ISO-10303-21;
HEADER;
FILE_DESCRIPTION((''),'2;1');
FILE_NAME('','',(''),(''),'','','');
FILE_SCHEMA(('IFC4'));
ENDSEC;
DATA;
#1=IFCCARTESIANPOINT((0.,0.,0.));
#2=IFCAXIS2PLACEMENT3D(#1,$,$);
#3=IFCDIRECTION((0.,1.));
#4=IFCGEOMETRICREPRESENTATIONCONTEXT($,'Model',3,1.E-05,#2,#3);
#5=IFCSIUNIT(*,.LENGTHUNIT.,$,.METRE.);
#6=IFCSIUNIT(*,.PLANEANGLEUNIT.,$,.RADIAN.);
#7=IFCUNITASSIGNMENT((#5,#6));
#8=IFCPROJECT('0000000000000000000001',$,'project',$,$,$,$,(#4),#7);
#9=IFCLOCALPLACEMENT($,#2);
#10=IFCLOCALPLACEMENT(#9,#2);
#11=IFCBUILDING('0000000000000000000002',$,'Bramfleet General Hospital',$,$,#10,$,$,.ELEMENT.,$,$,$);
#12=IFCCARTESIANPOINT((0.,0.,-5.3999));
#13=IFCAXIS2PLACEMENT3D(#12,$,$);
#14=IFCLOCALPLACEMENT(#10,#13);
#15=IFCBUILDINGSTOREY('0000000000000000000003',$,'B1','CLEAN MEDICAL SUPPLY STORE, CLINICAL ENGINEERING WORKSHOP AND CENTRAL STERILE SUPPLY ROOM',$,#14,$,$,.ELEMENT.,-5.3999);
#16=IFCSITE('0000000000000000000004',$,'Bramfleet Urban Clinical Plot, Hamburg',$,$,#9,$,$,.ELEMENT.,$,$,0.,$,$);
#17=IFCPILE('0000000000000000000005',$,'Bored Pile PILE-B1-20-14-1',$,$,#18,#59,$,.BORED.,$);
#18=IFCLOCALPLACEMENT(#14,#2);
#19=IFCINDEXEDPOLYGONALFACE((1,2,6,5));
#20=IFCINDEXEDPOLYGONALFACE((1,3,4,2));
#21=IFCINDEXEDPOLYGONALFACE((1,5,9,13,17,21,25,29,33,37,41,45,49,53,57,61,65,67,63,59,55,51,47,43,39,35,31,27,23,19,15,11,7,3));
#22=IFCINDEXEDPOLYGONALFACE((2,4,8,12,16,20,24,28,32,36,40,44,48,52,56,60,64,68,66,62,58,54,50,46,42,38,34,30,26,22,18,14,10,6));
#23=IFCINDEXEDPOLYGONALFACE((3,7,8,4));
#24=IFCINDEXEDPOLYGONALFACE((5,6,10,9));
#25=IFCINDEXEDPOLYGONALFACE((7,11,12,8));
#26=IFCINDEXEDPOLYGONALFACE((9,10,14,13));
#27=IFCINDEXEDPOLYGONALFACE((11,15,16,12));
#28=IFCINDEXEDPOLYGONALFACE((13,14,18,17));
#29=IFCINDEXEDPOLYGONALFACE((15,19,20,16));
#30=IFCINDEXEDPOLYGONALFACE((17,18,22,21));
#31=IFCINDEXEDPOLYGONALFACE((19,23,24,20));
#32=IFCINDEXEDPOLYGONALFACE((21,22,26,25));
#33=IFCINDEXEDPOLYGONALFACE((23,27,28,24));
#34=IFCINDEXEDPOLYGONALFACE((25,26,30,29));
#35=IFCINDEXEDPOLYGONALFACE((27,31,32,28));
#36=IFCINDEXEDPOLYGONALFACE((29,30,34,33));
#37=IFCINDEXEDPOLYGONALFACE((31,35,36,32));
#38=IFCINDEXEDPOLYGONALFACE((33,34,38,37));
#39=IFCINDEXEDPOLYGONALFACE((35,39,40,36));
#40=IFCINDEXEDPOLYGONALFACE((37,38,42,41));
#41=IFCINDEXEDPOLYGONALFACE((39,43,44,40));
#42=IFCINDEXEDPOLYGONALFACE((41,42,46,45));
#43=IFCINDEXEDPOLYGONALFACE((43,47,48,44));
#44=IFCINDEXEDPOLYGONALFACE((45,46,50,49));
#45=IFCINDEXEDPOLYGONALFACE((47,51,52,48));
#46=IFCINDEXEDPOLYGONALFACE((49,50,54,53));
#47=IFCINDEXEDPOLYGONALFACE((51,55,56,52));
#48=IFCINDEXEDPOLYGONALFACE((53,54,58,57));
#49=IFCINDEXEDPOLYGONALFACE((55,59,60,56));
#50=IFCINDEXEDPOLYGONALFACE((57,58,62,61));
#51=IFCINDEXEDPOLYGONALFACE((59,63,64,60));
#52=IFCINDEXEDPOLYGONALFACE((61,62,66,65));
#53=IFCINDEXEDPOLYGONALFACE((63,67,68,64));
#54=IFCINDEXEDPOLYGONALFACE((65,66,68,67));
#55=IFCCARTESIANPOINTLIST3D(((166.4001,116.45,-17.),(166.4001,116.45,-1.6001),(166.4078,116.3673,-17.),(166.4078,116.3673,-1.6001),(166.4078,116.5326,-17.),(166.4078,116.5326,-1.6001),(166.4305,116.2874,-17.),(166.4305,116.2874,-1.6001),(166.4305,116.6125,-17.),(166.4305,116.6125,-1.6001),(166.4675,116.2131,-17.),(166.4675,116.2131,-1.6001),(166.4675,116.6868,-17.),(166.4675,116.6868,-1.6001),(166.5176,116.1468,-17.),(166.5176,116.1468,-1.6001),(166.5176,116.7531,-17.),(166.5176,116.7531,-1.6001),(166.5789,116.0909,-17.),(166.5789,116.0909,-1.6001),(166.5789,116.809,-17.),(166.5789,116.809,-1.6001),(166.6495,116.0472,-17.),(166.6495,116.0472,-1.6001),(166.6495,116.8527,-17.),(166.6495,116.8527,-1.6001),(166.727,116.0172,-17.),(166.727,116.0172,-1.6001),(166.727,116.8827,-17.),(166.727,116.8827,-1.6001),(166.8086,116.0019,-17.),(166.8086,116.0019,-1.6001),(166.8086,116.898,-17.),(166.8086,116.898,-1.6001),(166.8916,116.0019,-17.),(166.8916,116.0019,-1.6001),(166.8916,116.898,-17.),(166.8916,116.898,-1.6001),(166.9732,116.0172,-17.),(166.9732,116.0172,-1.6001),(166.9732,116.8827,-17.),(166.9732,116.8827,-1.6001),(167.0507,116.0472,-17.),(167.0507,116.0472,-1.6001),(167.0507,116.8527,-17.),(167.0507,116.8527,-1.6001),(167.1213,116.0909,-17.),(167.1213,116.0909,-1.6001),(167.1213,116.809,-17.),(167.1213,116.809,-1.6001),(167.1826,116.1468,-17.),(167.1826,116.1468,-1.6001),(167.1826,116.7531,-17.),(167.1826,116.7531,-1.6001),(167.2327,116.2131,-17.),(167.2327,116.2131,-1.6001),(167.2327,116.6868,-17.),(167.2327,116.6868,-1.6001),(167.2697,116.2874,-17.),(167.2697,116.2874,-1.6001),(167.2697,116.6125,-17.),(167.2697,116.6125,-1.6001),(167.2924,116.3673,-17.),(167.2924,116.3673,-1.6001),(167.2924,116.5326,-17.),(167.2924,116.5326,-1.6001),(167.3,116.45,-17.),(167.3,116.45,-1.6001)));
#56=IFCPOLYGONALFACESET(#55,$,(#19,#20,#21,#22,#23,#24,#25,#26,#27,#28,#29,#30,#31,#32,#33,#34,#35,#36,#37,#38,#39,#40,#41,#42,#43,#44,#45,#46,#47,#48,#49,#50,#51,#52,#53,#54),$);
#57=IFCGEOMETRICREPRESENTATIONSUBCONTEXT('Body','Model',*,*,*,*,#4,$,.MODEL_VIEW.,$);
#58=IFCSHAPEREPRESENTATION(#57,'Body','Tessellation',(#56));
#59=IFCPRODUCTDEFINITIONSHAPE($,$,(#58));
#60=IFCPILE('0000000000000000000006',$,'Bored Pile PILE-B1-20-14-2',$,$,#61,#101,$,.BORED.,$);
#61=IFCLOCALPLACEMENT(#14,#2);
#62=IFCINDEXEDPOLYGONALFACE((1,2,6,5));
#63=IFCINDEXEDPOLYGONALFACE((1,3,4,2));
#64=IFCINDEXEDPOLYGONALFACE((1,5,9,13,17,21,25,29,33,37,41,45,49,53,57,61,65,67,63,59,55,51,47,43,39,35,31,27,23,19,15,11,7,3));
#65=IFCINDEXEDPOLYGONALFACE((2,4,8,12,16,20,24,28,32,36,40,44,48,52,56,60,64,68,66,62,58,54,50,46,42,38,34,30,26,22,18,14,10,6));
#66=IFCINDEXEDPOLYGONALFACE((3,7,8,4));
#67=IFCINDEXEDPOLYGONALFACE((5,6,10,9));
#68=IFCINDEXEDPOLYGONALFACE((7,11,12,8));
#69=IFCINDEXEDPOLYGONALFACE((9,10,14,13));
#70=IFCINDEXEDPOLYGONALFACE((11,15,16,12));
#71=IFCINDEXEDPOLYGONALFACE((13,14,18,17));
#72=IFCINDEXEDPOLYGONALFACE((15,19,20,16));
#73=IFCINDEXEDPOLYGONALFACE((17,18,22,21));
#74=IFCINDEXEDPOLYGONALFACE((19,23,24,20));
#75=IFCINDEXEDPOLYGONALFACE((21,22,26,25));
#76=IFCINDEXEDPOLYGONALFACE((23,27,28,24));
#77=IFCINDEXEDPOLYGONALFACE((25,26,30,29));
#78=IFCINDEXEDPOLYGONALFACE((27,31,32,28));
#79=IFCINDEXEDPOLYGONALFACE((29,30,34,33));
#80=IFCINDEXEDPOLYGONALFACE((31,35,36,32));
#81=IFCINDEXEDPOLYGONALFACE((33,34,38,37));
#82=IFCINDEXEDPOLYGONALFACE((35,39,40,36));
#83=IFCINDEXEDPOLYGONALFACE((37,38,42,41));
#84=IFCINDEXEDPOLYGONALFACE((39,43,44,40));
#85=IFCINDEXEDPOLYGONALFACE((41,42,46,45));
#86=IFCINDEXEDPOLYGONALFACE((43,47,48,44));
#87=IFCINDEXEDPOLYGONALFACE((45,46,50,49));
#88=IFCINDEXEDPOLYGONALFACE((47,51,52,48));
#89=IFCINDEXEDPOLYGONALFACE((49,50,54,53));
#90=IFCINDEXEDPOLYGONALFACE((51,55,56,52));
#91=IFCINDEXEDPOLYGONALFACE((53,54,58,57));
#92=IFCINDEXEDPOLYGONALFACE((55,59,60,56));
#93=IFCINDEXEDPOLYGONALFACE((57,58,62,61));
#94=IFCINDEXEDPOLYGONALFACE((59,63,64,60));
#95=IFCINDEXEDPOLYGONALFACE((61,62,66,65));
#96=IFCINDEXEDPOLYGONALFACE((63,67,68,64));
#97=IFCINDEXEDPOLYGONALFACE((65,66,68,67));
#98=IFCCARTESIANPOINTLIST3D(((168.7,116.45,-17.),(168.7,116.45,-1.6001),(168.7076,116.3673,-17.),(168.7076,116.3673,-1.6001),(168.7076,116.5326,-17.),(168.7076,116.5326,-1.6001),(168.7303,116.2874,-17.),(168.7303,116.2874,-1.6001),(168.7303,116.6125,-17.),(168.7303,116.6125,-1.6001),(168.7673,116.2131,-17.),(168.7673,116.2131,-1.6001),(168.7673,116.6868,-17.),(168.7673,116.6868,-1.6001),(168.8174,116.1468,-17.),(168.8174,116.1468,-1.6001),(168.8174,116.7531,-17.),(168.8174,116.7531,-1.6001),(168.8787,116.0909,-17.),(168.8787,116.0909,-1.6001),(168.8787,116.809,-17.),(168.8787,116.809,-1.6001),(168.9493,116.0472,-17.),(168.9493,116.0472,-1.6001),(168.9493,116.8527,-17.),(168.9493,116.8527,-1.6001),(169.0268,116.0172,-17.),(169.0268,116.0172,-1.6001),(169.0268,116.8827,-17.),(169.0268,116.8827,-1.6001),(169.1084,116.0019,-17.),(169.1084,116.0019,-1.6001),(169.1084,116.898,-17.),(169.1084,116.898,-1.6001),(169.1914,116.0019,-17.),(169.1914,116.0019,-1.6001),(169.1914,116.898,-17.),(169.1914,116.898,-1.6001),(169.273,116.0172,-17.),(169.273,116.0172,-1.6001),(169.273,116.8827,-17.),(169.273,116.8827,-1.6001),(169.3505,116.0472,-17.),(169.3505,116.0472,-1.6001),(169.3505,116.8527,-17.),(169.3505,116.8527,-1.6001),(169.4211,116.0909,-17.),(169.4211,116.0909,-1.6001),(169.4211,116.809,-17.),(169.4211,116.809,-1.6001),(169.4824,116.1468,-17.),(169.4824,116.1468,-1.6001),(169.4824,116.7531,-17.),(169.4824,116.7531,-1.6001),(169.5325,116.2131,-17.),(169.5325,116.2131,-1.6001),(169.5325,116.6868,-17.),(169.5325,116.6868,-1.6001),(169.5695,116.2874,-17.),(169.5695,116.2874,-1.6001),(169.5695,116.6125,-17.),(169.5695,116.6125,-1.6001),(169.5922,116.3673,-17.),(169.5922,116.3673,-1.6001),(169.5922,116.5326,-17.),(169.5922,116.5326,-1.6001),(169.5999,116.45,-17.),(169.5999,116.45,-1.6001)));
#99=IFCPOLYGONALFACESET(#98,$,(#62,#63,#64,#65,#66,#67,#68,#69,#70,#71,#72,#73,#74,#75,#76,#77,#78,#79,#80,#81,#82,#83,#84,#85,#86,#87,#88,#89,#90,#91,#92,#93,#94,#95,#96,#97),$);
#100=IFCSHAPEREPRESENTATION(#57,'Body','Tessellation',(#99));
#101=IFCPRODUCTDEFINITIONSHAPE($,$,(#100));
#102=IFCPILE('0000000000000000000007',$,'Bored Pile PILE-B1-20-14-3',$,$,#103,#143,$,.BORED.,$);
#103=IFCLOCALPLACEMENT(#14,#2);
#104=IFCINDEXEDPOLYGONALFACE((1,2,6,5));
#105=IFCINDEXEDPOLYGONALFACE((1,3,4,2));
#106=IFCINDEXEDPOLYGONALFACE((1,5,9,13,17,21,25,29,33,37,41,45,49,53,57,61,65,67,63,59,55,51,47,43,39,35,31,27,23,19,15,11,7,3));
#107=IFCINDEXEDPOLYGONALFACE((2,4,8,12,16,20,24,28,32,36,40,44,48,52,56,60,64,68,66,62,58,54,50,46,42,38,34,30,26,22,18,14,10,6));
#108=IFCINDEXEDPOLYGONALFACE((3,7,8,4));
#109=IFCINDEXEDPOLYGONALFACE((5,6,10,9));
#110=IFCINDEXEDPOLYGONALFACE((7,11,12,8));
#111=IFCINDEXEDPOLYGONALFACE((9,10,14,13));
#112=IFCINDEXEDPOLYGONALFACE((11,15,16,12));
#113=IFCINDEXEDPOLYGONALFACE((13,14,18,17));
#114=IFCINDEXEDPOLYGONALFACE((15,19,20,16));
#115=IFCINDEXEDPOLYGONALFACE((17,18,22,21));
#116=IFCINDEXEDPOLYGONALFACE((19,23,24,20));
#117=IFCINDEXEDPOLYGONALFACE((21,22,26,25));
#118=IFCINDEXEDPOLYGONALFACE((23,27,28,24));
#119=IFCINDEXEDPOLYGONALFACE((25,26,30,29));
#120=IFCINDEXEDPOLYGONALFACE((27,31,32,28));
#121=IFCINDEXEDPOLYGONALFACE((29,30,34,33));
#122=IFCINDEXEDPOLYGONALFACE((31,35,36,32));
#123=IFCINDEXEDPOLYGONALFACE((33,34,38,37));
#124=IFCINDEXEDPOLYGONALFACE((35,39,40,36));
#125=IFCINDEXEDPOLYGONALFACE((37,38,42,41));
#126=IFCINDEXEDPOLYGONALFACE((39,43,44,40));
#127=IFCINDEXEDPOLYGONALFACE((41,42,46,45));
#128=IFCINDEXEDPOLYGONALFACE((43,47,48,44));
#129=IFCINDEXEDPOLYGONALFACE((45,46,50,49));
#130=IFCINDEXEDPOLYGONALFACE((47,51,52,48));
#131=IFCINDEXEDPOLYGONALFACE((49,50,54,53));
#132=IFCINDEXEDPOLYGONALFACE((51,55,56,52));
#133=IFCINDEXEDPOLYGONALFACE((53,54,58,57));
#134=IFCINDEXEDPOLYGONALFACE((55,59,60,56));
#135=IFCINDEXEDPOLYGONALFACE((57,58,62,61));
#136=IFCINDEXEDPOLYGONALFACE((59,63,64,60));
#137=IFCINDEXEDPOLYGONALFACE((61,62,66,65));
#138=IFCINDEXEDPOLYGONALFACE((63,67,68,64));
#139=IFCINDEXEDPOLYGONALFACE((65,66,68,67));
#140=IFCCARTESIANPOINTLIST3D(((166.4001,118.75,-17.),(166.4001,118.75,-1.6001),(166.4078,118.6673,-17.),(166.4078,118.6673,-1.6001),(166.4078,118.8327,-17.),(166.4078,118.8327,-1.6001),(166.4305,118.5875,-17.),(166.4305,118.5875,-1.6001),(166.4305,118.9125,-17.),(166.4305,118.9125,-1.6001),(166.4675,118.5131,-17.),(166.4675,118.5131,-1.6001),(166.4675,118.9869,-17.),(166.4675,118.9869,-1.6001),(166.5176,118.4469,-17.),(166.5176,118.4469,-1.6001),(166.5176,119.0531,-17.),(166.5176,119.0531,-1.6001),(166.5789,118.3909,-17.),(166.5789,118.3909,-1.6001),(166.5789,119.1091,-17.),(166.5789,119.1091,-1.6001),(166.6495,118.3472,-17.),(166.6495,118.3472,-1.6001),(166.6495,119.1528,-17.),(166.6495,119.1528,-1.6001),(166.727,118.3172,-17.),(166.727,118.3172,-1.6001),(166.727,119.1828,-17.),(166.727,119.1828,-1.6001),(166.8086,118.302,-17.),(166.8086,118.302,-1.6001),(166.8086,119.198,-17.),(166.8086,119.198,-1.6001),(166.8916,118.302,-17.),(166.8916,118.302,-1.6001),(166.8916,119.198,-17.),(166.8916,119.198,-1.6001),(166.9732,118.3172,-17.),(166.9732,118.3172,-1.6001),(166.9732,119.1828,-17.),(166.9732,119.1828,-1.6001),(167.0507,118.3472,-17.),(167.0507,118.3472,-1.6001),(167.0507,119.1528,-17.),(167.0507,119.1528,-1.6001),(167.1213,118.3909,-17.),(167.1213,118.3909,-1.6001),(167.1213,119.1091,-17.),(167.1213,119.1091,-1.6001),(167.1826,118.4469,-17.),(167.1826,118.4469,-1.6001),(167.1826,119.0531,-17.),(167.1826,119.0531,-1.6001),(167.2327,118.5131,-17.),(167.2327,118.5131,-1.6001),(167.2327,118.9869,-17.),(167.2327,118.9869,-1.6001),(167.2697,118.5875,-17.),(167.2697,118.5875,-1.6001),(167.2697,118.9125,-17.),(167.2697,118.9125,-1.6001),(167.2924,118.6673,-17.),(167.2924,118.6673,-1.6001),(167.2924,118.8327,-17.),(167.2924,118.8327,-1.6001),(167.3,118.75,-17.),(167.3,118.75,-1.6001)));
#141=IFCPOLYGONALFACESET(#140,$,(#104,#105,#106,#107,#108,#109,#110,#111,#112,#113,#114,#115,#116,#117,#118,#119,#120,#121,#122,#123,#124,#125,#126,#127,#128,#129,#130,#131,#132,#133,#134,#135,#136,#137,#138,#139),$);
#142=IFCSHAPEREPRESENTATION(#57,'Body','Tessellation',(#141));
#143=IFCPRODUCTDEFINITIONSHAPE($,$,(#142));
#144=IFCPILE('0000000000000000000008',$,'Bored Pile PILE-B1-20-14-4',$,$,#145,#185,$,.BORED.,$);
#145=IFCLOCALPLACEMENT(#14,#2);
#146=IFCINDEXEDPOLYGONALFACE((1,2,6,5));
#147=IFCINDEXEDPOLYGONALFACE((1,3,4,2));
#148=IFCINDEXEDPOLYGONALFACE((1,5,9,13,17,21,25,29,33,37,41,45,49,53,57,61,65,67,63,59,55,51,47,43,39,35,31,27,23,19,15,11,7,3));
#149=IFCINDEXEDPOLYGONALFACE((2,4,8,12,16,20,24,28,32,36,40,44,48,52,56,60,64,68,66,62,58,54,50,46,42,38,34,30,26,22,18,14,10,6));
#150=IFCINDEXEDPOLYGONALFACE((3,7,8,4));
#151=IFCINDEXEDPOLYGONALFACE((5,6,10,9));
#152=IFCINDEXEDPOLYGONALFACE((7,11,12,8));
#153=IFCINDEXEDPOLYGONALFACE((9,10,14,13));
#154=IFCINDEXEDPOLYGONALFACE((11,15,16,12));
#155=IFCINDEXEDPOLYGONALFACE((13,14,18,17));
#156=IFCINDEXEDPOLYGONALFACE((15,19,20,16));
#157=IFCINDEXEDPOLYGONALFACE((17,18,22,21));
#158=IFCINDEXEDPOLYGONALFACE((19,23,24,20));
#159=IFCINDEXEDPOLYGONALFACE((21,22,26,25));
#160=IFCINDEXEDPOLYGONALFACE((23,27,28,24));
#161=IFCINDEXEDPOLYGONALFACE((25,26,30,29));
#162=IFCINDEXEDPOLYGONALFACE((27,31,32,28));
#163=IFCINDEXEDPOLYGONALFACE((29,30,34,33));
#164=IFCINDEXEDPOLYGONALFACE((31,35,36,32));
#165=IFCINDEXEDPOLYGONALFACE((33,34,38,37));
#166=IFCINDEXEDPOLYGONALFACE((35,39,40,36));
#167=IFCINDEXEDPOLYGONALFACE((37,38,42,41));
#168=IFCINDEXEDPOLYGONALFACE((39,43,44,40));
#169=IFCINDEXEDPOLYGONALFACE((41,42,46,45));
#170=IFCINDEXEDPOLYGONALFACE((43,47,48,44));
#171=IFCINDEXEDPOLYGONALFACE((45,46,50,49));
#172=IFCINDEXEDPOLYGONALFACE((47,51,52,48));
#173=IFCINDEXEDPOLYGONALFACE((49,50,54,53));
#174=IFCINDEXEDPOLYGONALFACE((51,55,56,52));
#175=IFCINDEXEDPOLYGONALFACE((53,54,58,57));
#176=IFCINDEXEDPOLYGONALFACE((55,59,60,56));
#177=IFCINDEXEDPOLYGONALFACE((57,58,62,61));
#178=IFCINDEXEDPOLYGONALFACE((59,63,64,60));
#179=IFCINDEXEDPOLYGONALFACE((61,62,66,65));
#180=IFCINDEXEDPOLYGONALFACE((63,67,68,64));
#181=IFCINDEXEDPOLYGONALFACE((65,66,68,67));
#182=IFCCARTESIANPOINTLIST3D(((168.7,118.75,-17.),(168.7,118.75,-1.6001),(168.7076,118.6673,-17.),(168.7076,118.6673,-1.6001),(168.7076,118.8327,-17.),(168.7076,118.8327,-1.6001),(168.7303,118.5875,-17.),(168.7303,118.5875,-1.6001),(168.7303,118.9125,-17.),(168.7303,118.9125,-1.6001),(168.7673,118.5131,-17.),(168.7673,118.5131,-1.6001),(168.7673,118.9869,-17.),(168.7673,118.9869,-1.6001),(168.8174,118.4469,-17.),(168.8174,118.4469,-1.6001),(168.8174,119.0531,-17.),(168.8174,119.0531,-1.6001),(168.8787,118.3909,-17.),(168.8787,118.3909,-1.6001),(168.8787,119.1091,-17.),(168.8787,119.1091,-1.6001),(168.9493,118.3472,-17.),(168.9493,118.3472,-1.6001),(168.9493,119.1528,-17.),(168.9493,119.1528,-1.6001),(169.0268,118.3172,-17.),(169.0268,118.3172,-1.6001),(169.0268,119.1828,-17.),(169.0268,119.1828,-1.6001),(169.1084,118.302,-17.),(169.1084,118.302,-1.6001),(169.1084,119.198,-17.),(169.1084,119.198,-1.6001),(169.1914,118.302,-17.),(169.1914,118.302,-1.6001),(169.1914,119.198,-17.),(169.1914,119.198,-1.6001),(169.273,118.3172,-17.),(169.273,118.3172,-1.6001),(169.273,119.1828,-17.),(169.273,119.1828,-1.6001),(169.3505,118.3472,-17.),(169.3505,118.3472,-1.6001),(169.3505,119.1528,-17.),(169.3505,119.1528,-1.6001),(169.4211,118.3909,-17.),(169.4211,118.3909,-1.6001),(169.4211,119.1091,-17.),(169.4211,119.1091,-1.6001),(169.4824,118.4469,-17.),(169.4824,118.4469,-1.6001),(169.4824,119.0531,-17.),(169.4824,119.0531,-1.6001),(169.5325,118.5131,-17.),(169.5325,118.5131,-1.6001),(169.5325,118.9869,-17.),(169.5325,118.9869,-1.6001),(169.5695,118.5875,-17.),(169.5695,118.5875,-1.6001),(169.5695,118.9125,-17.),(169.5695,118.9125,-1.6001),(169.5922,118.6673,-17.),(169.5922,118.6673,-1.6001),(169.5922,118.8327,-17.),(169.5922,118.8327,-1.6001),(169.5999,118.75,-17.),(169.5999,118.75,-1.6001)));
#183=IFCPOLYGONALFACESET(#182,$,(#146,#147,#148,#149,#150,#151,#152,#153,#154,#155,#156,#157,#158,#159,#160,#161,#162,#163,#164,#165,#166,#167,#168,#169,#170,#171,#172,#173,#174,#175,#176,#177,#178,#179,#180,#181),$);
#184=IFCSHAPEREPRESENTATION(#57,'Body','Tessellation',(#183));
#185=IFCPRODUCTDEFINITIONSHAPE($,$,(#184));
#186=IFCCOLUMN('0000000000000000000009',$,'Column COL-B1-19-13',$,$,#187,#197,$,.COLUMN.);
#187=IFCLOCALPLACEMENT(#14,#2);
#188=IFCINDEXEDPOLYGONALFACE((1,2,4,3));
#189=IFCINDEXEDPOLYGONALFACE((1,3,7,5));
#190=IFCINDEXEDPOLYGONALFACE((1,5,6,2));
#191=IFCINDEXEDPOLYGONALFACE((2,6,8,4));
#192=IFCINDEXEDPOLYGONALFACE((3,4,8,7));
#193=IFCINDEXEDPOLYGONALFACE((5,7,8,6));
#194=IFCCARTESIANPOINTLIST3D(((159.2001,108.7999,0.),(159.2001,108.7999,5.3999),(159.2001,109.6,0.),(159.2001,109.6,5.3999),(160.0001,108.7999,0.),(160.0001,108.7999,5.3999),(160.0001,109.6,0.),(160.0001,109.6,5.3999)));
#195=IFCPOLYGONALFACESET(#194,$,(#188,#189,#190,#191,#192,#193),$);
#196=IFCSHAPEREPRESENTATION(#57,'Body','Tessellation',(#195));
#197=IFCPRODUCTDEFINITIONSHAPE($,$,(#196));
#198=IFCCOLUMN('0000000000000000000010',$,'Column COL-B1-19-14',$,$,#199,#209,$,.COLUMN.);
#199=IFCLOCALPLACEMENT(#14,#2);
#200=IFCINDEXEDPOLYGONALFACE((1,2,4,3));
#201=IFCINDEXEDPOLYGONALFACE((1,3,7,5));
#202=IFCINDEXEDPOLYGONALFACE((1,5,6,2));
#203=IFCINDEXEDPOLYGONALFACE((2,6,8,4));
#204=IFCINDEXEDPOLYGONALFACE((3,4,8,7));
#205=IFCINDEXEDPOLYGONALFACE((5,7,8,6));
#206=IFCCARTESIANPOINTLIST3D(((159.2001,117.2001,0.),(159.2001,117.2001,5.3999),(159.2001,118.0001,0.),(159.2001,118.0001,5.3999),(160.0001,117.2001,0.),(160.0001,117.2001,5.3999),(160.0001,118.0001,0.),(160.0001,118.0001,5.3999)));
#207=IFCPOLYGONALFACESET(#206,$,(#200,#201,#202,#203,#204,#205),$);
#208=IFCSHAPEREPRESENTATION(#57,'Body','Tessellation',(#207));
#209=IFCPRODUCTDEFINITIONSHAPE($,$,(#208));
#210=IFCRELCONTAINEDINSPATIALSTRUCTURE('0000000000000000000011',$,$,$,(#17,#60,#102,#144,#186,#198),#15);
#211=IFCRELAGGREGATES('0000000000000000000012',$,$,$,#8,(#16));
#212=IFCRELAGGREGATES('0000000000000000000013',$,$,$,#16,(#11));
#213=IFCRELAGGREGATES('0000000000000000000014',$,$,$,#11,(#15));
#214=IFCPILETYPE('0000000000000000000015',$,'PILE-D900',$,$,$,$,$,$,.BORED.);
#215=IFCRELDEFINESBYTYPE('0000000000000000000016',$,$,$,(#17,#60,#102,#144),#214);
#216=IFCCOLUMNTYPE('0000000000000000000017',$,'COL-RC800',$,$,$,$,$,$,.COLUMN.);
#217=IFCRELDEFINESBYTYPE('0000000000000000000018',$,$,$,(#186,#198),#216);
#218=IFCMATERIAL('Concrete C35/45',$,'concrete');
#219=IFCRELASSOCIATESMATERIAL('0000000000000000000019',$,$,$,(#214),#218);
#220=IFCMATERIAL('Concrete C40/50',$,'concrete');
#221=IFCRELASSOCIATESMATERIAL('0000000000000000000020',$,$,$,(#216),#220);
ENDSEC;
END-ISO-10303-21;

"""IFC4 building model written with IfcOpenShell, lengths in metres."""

from ifc_helpers import new_model, si_unit, direction, frame, origin, origin_2d, place, context, subcontext, project, spatial, rectangle, circle, extrude, material, material_profile, profile_set, type_object, element, save


model = new_model("IFC4")

# Units and contexts
model_context = context("Model", 3, precision=1e-05, world=origin(), true_north=direction((0.0, 1.0)))
body_context = subcontext(model_context, "Body", "Model", "MODEL_VIEW")
ifc_project = project(units=[si_unit("LENGTHUNIT", "METRE"), si_unit("PLANEANGLEUNIT", "RADIAN")], contexts=[model_context])

# Site, building, storey
site_placement = place(None, origin())
site = spatial("IfcSite", under=ifc_project, at=site_placement, Name="Bramfleet Urban Clinical Plot, Hamburg", CompositionType="ELEMENT", RefElevation=0.0)
building_placement = place(site_placement, origin())
building = spatial("IfcBuilding", under=site, at=building_placement, Name="Bramfleet General Hospital", CompositionType="ELEMENT")
storey_placement = place(building_placement, frame((0.0, 0.0, -5.3999)))
storey = spatial("IfcBuildingStorey", under=building, at=storey_placement, Name="B1", Description="CLEAN MEDICAL SUPPLY STORE, CLINICAL ENGINEERING WORKSHOP AND CENTRAL STERILE SUPPLY ROOM", CompositionType="ELEMENT", Elevation=-5.3999)

# Shared definitions
ifc_material_1 = material(Name="Concrete C35/45", Category="concrete")

# Piles
ifc_material_profile_1 = material_profile(ifc_material_1, circle(Radius=0.45, at=origin_2d()), Name="PILE BORED D900")
ifc_profile_set_1 = profile_set([ifc_material_profile_1], Name="Concrete C35/45")
pile_type = type_object("IfcPileType", Name="PILE-D900", PredefinedType="BORED", material=ifc_profile_set_1)
for number, where, z_axis, x_axis, name in (
    (1, (166.8501, 116.45, -1.6001), (0.0, 0.0, -1.0), (1.0, 0.0, 0.0), "Bored Pile PILE-B1-20-14-1"),
    (2, (169.1499, 116.45, -1.6001), (0.0, 0.0, -1.0), (1.0, 0.0, 0.0), "Bored Pile PILE-B1-20-14-2"),
    (3, (166.8501, 118.75, -1.6001), (0.0, 0.0, -1.0), (1.0, 0.0, 0.0), "Bored Pile PILE-B1-20-14-3"),
    (4, (169.1499, 118.75, -1.6001), (0.0, 0.0, -1.0), (1.0, 0.0, 0.0), "Bored Pile PILE-B1-20-14-4"),
):
    element("IfcPile", number, at=place(storey_placement, frame(where, z_axis=z_axis, x_axis=x_axis)), inside=storey, type_object=pile_type, Name=name, PredefinedType="BORED", context=body_context, shape_type="SweptSolid", body=[
        extrude(circle(Radius=0.45, at=origin_2d()), origin(), (0.0, 0.0, 1.0), 15.3999),
    ])

# Columns
ifc_material_2 = material(Name="Concrete C40/50", Category="concrete")
ifc_material_profile_2 = material_profile(ifc_material_2, rectangle(XDim=0.8, YDim=0.8, at=origin_2d()), Name="RC COL 800x800")
ifc_profile_set_2 = profile_set([ifc_material_profile_2], Name="Concrete C40/50")
column_type = type_object("IfcColumnType", Name="COL-RC800", PredefinedType="COLUMN", material=ifc_profile_set_2)
for number, where, z_axis, x_axis, name in (
    (5, (159.6001, 109.2, 0.0), (0.0, 0.0, 1.0), (1.0, 0.0, 0.0), "Column COL-B1-19-13"),
    (6, (159.6001, 117.6001, 0.0), (0.0, 0.0, 1.0), (1.0, 0.0, 0.0), "Column COL-B1-19-14"),
):
    element("IfcColumn", number, at=place(storey_placement, frame(where, z_axis=z_axis, x_axis=x_axis)), inside=storey, type_object=column_type, Name=name, PredefinedType="COLUMN", context=body_context, shape_type="SweptSolid", body=[
        extrude(rectangle(XDim=0.8, YDim=0.8, at=origin_2d()), origin(), (0.0, 0.0, 1.0), 5.3999),
    ])

save(model, "model.ifc")
